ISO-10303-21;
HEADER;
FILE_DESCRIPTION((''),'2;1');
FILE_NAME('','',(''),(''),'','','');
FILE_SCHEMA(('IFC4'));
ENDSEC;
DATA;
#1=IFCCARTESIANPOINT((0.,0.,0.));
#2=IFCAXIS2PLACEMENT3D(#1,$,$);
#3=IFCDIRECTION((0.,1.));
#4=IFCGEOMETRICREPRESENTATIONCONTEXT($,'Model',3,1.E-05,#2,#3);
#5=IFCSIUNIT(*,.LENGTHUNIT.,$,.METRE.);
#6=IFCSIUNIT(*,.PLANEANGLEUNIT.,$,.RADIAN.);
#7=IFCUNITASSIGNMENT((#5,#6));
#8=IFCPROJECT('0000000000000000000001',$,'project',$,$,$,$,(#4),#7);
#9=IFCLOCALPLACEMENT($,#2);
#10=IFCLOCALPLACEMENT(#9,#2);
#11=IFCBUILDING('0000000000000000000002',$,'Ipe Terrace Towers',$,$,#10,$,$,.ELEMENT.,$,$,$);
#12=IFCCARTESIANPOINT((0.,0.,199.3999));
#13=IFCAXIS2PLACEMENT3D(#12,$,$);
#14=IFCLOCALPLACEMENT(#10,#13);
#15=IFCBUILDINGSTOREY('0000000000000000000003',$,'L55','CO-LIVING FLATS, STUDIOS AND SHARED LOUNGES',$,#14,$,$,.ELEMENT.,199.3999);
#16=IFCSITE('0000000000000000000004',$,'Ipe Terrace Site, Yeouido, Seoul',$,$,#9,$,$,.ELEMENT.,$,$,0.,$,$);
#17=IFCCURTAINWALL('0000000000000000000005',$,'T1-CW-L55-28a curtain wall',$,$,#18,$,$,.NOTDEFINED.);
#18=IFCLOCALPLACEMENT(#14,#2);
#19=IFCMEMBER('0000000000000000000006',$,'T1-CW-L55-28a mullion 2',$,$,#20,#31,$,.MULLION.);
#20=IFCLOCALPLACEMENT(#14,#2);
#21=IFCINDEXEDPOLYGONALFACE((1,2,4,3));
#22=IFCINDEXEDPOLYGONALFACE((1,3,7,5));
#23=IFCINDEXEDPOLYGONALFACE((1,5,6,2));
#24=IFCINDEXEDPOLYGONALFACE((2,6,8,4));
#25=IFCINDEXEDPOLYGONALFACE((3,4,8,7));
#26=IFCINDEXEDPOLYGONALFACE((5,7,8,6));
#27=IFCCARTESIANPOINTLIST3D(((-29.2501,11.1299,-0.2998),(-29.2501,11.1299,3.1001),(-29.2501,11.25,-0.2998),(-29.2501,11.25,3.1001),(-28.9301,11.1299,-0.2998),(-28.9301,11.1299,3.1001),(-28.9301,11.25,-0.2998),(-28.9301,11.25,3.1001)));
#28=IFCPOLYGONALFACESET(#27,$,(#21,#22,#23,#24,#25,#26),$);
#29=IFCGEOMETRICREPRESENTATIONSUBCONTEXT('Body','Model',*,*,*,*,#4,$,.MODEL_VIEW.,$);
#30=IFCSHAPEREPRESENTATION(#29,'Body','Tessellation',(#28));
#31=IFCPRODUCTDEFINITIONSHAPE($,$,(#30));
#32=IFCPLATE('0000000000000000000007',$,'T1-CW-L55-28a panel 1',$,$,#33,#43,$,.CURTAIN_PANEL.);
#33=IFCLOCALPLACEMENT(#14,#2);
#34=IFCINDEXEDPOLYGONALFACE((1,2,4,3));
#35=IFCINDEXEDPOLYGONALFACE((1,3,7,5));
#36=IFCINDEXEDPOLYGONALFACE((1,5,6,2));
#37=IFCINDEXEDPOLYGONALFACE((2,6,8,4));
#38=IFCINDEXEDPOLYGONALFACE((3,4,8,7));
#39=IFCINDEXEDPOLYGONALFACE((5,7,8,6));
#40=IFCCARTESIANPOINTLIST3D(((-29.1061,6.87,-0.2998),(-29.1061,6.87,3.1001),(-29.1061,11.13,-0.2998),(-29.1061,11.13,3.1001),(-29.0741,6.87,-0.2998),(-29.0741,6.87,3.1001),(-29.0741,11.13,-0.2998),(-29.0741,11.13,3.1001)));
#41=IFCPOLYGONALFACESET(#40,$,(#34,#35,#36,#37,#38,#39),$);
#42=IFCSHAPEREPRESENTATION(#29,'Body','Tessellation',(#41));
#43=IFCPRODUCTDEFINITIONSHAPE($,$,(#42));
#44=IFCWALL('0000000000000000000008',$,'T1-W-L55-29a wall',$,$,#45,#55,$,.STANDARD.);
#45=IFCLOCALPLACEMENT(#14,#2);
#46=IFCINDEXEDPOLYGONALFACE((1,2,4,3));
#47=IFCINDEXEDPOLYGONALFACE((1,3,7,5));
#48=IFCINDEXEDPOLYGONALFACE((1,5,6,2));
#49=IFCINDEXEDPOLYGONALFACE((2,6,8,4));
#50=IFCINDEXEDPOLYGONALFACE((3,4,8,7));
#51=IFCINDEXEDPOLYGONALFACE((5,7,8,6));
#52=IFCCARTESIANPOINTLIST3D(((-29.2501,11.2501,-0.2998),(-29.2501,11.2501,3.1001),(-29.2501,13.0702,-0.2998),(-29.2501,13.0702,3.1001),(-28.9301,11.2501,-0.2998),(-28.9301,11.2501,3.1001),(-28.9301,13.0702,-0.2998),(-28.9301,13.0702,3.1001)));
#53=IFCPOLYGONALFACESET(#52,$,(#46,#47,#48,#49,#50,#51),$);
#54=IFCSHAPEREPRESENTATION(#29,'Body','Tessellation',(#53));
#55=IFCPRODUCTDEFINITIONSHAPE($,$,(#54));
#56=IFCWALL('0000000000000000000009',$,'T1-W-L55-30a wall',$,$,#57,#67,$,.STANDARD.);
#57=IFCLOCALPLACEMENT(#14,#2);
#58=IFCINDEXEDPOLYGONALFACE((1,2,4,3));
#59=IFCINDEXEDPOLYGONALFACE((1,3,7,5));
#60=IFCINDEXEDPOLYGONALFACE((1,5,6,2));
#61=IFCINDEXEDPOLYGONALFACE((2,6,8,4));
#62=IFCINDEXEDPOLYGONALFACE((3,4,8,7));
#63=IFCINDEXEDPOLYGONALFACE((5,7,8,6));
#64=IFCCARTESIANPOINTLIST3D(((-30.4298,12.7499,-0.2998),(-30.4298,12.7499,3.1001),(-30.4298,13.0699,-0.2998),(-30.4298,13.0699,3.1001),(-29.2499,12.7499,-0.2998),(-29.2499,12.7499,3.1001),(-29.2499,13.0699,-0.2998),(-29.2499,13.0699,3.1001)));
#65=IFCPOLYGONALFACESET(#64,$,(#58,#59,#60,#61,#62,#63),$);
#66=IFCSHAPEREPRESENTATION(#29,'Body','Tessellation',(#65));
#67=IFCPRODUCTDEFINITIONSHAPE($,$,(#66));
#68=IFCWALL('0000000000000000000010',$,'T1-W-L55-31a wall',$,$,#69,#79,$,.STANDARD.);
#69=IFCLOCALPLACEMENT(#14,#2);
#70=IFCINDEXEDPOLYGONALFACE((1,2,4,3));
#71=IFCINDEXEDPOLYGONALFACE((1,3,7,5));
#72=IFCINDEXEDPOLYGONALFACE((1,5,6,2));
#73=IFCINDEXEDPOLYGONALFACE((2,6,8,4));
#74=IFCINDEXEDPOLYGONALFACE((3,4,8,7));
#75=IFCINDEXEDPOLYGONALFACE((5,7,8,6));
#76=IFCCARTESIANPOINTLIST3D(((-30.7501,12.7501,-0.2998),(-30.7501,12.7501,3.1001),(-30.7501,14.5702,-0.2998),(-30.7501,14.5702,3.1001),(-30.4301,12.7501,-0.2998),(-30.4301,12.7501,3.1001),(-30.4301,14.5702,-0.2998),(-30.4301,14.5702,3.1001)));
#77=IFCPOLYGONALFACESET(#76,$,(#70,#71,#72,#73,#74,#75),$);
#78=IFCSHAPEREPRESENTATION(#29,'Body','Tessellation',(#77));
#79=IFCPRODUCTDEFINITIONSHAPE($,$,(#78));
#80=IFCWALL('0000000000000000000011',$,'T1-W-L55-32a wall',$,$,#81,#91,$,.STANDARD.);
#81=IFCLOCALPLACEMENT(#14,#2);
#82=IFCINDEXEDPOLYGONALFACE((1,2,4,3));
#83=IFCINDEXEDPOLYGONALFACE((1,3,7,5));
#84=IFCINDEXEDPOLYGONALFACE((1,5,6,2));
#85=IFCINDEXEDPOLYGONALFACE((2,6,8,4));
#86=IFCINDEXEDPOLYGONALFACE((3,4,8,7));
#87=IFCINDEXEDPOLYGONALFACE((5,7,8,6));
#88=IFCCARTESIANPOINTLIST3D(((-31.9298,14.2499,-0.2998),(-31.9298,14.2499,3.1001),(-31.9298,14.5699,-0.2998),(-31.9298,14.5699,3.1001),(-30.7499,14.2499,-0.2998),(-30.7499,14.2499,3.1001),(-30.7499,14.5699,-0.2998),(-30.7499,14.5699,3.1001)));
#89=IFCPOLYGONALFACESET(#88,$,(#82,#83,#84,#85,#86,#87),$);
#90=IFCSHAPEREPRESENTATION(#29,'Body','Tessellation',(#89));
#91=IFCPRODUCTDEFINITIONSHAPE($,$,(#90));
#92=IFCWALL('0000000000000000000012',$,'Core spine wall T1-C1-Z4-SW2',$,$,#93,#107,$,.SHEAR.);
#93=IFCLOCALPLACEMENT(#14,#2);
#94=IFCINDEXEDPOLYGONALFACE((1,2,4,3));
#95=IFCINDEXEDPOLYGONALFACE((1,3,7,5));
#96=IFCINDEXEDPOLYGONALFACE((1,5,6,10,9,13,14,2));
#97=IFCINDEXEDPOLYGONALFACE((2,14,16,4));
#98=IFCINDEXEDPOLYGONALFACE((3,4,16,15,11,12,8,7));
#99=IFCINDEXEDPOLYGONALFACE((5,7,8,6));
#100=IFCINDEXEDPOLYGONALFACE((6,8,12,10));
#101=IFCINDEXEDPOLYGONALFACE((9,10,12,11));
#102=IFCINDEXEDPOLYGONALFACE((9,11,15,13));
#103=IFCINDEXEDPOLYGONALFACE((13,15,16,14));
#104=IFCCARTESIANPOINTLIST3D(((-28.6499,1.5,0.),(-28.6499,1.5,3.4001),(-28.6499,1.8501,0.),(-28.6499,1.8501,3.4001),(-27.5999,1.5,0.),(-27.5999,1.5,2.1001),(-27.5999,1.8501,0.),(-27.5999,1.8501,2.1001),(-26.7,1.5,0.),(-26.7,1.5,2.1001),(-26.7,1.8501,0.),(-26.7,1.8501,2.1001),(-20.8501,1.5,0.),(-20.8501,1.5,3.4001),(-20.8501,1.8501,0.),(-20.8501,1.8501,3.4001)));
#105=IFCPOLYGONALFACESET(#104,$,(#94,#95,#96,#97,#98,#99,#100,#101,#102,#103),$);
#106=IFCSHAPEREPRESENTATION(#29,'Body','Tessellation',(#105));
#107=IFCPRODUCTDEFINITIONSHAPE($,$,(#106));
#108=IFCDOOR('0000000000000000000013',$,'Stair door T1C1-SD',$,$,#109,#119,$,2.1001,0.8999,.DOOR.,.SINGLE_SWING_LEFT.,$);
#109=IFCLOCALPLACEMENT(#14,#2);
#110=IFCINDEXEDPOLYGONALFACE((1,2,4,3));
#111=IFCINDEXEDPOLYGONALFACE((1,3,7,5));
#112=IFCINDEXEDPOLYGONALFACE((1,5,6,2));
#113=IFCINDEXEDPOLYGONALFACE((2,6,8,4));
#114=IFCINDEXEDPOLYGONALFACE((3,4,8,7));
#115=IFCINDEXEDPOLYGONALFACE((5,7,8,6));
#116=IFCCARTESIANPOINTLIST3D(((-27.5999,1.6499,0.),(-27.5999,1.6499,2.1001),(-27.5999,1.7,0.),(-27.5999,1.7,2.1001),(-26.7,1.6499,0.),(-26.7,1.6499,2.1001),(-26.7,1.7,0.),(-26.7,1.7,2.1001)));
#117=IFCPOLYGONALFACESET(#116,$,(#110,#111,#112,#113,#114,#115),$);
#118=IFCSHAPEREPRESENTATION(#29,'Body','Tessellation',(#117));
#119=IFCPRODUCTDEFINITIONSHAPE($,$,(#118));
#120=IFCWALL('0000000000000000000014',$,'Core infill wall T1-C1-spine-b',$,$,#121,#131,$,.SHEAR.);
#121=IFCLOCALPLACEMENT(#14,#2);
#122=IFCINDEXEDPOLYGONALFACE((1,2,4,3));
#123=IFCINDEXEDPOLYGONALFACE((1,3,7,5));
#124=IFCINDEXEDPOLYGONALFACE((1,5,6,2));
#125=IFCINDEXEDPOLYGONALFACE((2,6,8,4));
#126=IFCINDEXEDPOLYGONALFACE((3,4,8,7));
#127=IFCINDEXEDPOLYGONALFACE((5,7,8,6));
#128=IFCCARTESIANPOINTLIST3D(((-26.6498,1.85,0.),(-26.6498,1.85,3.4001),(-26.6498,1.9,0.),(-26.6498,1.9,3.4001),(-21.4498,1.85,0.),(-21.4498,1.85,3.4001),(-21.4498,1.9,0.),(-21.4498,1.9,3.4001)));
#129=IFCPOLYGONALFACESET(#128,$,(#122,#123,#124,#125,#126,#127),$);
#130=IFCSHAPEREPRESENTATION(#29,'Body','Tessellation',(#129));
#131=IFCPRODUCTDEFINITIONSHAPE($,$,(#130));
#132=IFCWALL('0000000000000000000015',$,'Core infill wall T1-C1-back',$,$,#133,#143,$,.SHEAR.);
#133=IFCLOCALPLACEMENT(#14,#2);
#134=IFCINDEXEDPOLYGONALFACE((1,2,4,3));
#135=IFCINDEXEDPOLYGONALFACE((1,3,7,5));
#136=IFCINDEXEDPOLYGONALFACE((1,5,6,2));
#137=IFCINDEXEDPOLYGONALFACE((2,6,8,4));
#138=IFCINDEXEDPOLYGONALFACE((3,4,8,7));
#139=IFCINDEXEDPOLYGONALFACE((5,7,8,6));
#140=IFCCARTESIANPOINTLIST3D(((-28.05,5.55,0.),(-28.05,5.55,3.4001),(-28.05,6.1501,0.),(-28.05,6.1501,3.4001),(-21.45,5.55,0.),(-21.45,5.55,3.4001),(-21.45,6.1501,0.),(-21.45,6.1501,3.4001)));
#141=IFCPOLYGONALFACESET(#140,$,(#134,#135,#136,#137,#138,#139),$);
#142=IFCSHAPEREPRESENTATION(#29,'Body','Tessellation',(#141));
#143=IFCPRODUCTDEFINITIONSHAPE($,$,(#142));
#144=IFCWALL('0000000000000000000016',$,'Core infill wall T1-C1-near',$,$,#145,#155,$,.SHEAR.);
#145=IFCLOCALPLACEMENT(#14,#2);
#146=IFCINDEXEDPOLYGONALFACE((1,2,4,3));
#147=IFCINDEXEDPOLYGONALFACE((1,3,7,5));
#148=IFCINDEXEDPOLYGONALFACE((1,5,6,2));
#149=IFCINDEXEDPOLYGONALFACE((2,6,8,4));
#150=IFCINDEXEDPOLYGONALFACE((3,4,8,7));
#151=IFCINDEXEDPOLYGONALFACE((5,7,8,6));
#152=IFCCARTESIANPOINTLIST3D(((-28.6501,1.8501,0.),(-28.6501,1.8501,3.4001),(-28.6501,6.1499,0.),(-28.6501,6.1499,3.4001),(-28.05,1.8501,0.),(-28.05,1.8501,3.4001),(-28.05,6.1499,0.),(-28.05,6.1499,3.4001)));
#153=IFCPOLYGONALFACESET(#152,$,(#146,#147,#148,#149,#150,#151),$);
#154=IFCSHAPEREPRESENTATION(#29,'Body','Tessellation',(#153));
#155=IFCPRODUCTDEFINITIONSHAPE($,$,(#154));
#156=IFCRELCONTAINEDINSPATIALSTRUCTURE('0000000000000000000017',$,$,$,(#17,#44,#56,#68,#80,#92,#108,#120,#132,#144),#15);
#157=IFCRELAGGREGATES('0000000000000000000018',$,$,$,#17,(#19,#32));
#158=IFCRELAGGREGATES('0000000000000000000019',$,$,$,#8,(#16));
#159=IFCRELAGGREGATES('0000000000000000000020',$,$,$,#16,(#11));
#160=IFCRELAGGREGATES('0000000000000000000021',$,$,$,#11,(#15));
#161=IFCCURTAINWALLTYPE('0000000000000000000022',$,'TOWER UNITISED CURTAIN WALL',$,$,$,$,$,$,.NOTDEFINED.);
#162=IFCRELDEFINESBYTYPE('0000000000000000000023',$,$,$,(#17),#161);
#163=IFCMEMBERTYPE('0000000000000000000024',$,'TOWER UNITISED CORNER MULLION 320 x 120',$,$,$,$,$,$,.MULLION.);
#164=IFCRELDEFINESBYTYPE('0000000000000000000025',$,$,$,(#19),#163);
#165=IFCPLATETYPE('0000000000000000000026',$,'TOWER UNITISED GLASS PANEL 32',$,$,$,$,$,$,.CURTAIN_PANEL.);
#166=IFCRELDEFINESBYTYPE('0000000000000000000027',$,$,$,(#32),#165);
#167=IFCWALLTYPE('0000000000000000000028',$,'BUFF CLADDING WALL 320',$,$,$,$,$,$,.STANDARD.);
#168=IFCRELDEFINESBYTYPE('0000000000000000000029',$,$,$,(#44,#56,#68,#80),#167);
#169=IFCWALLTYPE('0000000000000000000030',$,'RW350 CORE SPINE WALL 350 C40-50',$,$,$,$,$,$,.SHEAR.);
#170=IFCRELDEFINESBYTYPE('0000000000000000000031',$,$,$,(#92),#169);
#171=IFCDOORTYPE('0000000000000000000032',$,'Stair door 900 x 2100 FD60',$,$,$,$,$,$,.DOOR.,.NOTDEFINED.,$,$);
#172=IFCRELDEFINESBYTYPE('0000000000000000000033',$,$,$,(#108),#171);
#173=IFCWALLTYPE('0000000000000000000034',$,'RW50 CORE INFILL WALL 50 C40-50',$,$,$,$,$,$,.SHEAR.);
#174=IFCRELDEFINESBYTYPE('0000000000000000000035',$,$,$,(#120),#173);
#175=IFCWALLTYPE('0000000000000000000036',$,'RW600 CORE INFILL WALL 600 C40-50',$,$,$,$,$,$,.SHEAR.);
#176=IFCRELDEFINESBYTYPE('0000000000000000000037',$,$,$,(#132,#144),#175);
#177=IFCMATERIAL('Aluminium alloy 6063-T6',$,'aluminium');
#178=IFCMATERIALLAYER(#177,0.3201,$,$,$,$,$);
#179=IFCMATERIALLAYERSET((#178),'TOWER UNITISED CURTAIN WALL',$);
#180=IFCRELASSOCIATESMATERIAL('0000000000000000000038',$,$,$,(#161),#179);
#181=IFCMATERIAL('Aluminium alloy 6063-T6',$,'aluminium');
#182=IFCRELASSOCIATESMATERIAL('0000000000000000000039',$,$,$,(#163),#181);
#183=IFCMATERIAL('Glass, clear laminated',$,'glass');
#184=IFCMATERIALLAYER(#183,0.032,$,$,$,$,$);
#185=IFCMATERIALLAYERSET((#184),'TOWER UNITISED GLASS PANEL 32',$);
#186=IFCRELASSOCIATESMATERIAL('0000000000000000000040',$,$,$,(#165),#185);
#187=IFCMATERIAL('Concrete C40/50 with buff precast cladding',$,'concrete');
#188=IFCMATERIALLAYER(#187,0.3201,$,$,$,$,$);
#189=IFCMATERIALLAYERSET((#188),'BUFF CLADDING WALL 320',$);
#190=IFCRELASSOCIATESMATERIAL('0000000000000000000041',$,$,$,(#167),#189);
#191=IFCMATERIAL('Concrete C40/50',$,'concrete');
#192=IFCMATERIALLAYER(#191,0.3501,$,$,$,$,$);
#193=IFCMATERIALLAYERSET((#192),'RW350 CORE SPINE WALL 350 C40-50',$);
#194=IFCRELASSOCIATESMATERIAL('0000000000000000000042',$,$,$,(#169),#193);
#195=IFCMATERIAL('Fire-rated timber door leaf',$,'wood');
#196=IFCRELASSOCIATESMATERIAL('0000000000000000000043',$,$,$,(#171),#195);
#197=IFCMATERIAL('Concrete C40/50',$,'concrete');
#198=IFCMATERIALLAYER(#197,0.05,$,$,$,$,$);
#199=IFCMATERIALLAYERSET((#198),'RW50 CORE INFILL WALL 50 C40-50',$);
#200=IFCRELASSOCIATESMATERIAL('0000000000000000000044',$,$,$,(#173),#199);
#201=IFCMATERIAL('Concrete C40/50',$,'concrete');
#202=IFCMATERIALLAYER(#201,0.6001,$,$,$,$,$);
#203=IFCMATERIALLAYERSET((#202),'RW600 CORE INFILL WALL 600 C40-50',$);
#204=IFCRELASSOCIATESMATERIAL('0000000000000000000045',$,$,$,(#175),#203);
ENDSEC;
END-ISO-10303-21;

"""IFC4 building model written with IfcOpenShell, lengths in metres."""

from ifc_helpers import new_model, si_unit, direction, frame, frame_2d, origin, origin_2d, place, context, subcontext, project, spatial, rectangle, extrude, material, layer, layer_set, material_profile, profile_set, type_object, element, fill, aggregate, save


model = new_model("IFC4")

# Units and contexts
model_context = context("Model", 3, precision=1e-05, world=origin(), true_north=direction((0.0, 1.0)))
body_context = subcontext(model_context, "Body", "Model", "MODEL_VIEW")
ifc_project = project(units=[si_unit("LENGTHUNIT", "METRE"), si_unit("PLANEANGLEUNIT", "RADIAN")], contexts=[model_context])

# Site, building, storey
site_placement = place(None, origin())
site = spatial("IfcSite", under=ifc_project, at=site_placement, Name="Ipe Terrace Site, Yeouido, Seoul", CompositionType="ELEMENT", RefElevation=0.0)
building_placement = place(site_placement, origin())
building = spatial("IfcBuilding", under=site, at=building_placement, Name="Ipe Terrace Towers", CompositionType="ELEMENT")
storey_placement = place(building_placement, frame((0.0, 0.0, 199.3999)))
storey = spatial("IfcBuildingStorey", under=building, at=storey_placement, Name="L55", Description="CO-LIVING FLATS, STUDIOS AND SHARED LOUNGES", CompositionType="ELEMENT", Elevation=199.3999)

# Curtain wall, member, plate
ifc_material_1 = material(Name="Aluminium alloy 6063-T6", Category="aluminium")
ifc_layer_1 = layer(ifc_material_1, 0.3201)
ifc_layer_set_1 = layer_set([ifc_layer_1], Name="TOWER UNITISED CURTAIN WALL")
curtain_wall_type = type_object("IfcCurtainWallType", Name="TOWER UNITISED CURTAIN WALL", PredefinedType="NOTDEFINED", material=ifc_layer_set_1)
curtain_wall_placement = place(storey_placement, origin())
curtain_wall = element("IfcCurtainWall", 1, at=curtain_wall_placement, inside=storey, type_object=curtain_wall_type, Name="T1-CW-L55-28a curtain wall", PredefinedType="NOTDEFINED")
ifc_material_2 = material(Name="Aluminium alloy 6063-T6", Category="aluminium")
ifc_material_profile_1 = material_profile(ifc_material_2, rectangle(XDim=0.3201, YDim=0.1201, at=origin_2d()), Name="TOWER UNITISED CORNER MULLION 320 x 120")
ifc_profile_set_1 = profile_set([ifc_material_profile_1], Name="Aluminium alloy 6063-T6")
member_type = type_object("IfcMemberType", Name="TOWER UNITISED CORNER MULLION 320 x 120", PredefinedType="MULLION", material=ifc_profile_set_1)
member_1_placement = place(storey_placement, frame((-29.0901, 11.1899, -0.2998), z_axis=(0.0, 0.0, 1.0), x_axis=(1.0, 0.0, 0.0)))
member_1 = element("IfcMember", 2, at=member_1_placement, type_object=member_type, Name="T1-CW-L55-28a mullion 2", PredefinedType="MULLION", context=body_context, shape_type="SweptSolid", body=[
    extrude(rectangle(XDim=0.3201, YDim=0.1201, at=origin_2d()), origin(), (0.0, 0.0, 1.0), 3.3999),
])
ifc_material_3 = material(Name="Glass, clear laminated", Category="glass")
ifc_layer_2 = layer(ifc_material_3, 0.032)
ifc_layer_set_2 = layer_set([ifc_layer_2], Name="TOWER UNITISED GLASS PANEL 32")
plate_type = type_object("IfcPlateType", Name="TOWER UNITISED GLASS PANEL 32", PredefinedType="CURTAIN_PANEL", material=ifc_layer_set_2)
plate_placement = place(storey_placement, frame((-29.0901, 9.0, -0.2998), z_axis=(0.0, 0.0, 1.0), x_axis=(0.0, 1.0, 0.0)))
plate = element("IfcPlate", 3, at=plate_placement, type_object=plate_type, Name="T1-CW-L55-28a panel 1", PredefinedType="CURTAIN_PANEL", context=body_context, shape_type="SweptSolid", body=[
    extrude(rectangle(XDim=4.26, YDim=0.032, at=origin_2d()), origin(), (0.0, 0.0, 1.0), 3.3999),
])
aggregate(curtain_wall, [member_1, plate])

# Walls
ifc_material_4 = material(Name="Concrete C40/50 with buff precast cladding", Category="concrete")
ifc_layer_3 = layer(ifc_material_4, 0.3201)
ifc_layer_set_3 = layer_set([ifc_layer_3], Name="BUFF CLADDING WALL 320")
wall_type_1 = type_object("IfcWallType", Name="BUFF CLADDING WALL 320", PredefinedType="STANDARD", material=ifc_layer_set_3)
wall_1_placement = place(storey_placement, frame((-29.0901, 11.25, -0.2998), z_axis=(0.0, 0.0, 1.0), x_axis=(0.0, 1.0, 0.0)))
element("IfcWall", 4, at=wall_1_placement, inside=storey, type_object=wall_type_1, Name="T1-W-L55-29a wall", PredefinedType="STANDARD", context=body_context, shape_type="SweptSolid", body=[
    extrude(rectangle(XDim=1.8201, YDim=0.3201, at=frame_2d((0.9102, 0.0))), origin(), (0.0, 0.0, 1.0), 3.3999),
])
wall_2_placement = place(storey_placement, frame((-29.25, 12.9099, -0.2998), z_axis=(0.0, 0.0, 1.0), x_axis=(-1.0, 0.0, 0.0)))
element("IfcWall", 5, at=wall_2_placement, inside=storey, type_object=wall_type_1, Name="T1-W-L55-30a wall", PredefinedType="STANDARD", context=body_context, shape_type="SweptSolid", body=[
    extrude(rectangle(XDim=1.1799, YDim=0.3201, at=frame_2d((0.5898, 0.0))), origin(), (0.0, 0.0, 1.0), 3.3999),
])
wall_3_placement = place(storey_placement, frame((-30.5901, 12.75, -0.2998), z_axis=(0.0, 0.0, 1.0), x_axis=(0.0, 1.0, 0.0)))
element("IfcWall", 6, at=wall_3_placement, inside=storey, type_object=wall_type_1, Name="T1-W-L55-31a wall", PredefinedType="STANDARD", context=body_context, shape_type="SweptSolid", body=[
    extrude(rectangle(XDim=1.8201, YDim=0.3201, at=frame_2d((0.9102, 0.0))), origin(), (0.0, 0.0, 1.0), 3.3999),
])
wall_4_placement = place(storey_placement, frame((-30.75, 14.4099, -0.2998), z_axis=(0.0, 0.0, 1.0), x_axis=(-1.0, 0.0, 0.0)))
element("IfcWall", 7, at=wall_4_placement, inside=storey, type_object=wall_type_1, Name="T1-W-L55-32a wall", PredefinedType="STANDARD", context=body_context, shape_type="SweptSolid", body=[
    extrude(rectangle(XDim=1.1799, YDim=0.3201, at=frame_2d((0.5898, 0.0))), origin(), (0.0, 0.0, 1.0), 3.3999),
])

# Wall, opening, door
ifc_material_5 = material(Name="Concrete C40/50", Category="concrete")
ifc_layer_4 = layer(ifc_material_5, 0.3501)
ifc_layer_set_4 = layer_set([ifc_layer_4], Name="RW350 CORE SPINE WALL 350 C40-50")
wall_type_2 = type_object("IfcWallType", Name="RW350 CORE SPINE WALL 350 C40-50", PredefinedType="SHEAR", material=ifc_layer_set_4)
wall_5_placement = place(storey_placement, frame((-28.6499, 1.675, 0.0), z_axis=(0.0, 0.0, 1.0), x_axis=(1.0, 0.0, 0.0)))
wall_5 = element("IfcWall", 8, at=wall_5_placement, inside=storey, type_object=wall_type_2, Name="Core spine wall T1-C1-Z4-SW2", PredefinedType="SHEAR", context=body_context, shape_type="SweptSolid", body=[
    extrude(rectangle(XDim=7.7998, YDim=0.3501, at=frame_2d((3.8999, 0.0))), origin(), (0.0, 0.0, 1.0), 3.4001),
])
opening_1_placement = place(wall_5_placement, frame((1.05, 0.0, 0.0)))
opening_1 = element("IfcOpeningElement", 9, at=opening_1_placement, cuts=wall_5, PredefinedType="OPENING", context=body_context, shape_type="SweptSolid", body=[
    extrude(rectangle(XDim=0.8999, YDim=2.1001, at=frame_2d((0.45, 1.05))), frame((0.0, 0.1851, 0.0), z_axis=(0.0, -1.0, 0.0), x_axis=(1.0, 0.0, 0.0)), (0.0, 0.0, 1.0), 0.3701),
])
ifc_material_6 = material(Name="Fire-rated timber door leaf", Category="wood")
door_type_1 = type_object("IfcDoorType", Name="Stair door 900 x 2100 FD60", OperationType="NOTDEFINED", PredefinedType="DOOR", material=ifc_material_6)
door_1_placement = place(opening_1_placement, origin())
door_1 = element("IfcDoor", 10, at=door_1_placement, inside=storey, type_object=door_type_1, Name="Stair door T1C1-SD", OperationType="SINGLE_SWING_LEFT", OverallHeight=2.1001, OverallWidth=0.8999, PredefinedType="DOOR", context=body_context, shape_type="SweptSolid", body=[
    extrude(rectangle(XDim=0.8999, YDim=2.1001, at=frame_2d((0.45, 1.05))), frame((0.0, 0.0249, 0.0), z_axis=(0.0, -1.0, 0.0), x_axis=(1.0, 0.0, 0.0)), (0.0, 0.0, 1.0), 0.05),
])
fill(opening_1, door_1)

# Walls
ifc_material_7 = material(Name="Concrete C40/50", Category="concrete")
ifc_layer_5 = layer(ifc_material_7, 0.05)
ifc_layer_set_5 = layer_set([ifc_layer_5], Name="RW50 CORE INFILL WALL 50 C40-50")
wall_type_3 = type_object("IfcWallType", Name="RW50 CORE INFILL WALL 50 C40-50", PredefinedType="SHEAR", material=ifc_layer_set_5)
wall_6_placement = place(storey_placement, frame((-26.6499, 1.875, 0.0), z_axis=(0.0, 0.0, 1.0), x_axis=(1.0, 0.0, 0.0)))
element("IfcWall", 11, at=wall_6_placement, inside=storey, type_object=wall_type_3, Name="Core infill wall T1-C1-spine-b", PredefinedType="SHEAR", context=body_context, shape_type="SweptSolid", body=[
    extrude(rectangle(XDim=5.2, YDim=0.05, at=frame_2d((2.6001, 0.0))), origin(), (0.0, 0.0, 1.0), 3.4001),
])
ifc_material_8 = material(Name="Concrete C40/50", Category="concrete")
ifc_layer_6 = layer(ifc_material_8, 0.6001)
ifc_layer_set_6 = layer_set([ifc_layer_6], Name="RW600 CORE INFILL WALL 600 C40-50")
wall_type_4 = type_object("IfcWallType", Name="RW600 CORE INFILL WALL 600 C40-50", PredefinedType="SHEAR", material=ifc_layer_set_6)
wall_7_placement = place(storey_placement, frame((-28.05, 5.8501, 0.0), z_axis=(0.0, 0.0, 1.0), x_axis=(1.0, 0.0, 0.0)))
element("IfcWall", 12, at=wall_7_placement, inside=storey, type_object=wall_type_4, Name="Core infill wall T1-C1-back", PredefinedType="SHEAR", context=body_context, shape_type="SweptSolid", body=[
    extrude(rectangle(XDim=6.6001, YDim=0.6001, at=frame_2d((3.3, 0.0))), origin(), (0.0, 0.0, 1.0), 3.4001),
])
wall_8_placement = place(storey_placement, frame((-28.3501, 1.8501, 0.0), z_axis=(0.0, 0.0, 1.0), x_axis=(0.0, 1.0, 0.0)))
element("IfcWall", 13, at=wall_8_placement, inside=storey, type_object=wall_type_4, Name="Core infill wall T1-C1-near", PredefinedType="SHEAR", context=body_context, shape_type="SweptSolid", body=[
    extrude(rectangle(XDim=4.2998, YDim=0.6001, at=frame_2d((2.1499, 0.0))), origin(), (0.0, 0.0, 1.0), 3.4001),
])

save(model, "model.ifc")
